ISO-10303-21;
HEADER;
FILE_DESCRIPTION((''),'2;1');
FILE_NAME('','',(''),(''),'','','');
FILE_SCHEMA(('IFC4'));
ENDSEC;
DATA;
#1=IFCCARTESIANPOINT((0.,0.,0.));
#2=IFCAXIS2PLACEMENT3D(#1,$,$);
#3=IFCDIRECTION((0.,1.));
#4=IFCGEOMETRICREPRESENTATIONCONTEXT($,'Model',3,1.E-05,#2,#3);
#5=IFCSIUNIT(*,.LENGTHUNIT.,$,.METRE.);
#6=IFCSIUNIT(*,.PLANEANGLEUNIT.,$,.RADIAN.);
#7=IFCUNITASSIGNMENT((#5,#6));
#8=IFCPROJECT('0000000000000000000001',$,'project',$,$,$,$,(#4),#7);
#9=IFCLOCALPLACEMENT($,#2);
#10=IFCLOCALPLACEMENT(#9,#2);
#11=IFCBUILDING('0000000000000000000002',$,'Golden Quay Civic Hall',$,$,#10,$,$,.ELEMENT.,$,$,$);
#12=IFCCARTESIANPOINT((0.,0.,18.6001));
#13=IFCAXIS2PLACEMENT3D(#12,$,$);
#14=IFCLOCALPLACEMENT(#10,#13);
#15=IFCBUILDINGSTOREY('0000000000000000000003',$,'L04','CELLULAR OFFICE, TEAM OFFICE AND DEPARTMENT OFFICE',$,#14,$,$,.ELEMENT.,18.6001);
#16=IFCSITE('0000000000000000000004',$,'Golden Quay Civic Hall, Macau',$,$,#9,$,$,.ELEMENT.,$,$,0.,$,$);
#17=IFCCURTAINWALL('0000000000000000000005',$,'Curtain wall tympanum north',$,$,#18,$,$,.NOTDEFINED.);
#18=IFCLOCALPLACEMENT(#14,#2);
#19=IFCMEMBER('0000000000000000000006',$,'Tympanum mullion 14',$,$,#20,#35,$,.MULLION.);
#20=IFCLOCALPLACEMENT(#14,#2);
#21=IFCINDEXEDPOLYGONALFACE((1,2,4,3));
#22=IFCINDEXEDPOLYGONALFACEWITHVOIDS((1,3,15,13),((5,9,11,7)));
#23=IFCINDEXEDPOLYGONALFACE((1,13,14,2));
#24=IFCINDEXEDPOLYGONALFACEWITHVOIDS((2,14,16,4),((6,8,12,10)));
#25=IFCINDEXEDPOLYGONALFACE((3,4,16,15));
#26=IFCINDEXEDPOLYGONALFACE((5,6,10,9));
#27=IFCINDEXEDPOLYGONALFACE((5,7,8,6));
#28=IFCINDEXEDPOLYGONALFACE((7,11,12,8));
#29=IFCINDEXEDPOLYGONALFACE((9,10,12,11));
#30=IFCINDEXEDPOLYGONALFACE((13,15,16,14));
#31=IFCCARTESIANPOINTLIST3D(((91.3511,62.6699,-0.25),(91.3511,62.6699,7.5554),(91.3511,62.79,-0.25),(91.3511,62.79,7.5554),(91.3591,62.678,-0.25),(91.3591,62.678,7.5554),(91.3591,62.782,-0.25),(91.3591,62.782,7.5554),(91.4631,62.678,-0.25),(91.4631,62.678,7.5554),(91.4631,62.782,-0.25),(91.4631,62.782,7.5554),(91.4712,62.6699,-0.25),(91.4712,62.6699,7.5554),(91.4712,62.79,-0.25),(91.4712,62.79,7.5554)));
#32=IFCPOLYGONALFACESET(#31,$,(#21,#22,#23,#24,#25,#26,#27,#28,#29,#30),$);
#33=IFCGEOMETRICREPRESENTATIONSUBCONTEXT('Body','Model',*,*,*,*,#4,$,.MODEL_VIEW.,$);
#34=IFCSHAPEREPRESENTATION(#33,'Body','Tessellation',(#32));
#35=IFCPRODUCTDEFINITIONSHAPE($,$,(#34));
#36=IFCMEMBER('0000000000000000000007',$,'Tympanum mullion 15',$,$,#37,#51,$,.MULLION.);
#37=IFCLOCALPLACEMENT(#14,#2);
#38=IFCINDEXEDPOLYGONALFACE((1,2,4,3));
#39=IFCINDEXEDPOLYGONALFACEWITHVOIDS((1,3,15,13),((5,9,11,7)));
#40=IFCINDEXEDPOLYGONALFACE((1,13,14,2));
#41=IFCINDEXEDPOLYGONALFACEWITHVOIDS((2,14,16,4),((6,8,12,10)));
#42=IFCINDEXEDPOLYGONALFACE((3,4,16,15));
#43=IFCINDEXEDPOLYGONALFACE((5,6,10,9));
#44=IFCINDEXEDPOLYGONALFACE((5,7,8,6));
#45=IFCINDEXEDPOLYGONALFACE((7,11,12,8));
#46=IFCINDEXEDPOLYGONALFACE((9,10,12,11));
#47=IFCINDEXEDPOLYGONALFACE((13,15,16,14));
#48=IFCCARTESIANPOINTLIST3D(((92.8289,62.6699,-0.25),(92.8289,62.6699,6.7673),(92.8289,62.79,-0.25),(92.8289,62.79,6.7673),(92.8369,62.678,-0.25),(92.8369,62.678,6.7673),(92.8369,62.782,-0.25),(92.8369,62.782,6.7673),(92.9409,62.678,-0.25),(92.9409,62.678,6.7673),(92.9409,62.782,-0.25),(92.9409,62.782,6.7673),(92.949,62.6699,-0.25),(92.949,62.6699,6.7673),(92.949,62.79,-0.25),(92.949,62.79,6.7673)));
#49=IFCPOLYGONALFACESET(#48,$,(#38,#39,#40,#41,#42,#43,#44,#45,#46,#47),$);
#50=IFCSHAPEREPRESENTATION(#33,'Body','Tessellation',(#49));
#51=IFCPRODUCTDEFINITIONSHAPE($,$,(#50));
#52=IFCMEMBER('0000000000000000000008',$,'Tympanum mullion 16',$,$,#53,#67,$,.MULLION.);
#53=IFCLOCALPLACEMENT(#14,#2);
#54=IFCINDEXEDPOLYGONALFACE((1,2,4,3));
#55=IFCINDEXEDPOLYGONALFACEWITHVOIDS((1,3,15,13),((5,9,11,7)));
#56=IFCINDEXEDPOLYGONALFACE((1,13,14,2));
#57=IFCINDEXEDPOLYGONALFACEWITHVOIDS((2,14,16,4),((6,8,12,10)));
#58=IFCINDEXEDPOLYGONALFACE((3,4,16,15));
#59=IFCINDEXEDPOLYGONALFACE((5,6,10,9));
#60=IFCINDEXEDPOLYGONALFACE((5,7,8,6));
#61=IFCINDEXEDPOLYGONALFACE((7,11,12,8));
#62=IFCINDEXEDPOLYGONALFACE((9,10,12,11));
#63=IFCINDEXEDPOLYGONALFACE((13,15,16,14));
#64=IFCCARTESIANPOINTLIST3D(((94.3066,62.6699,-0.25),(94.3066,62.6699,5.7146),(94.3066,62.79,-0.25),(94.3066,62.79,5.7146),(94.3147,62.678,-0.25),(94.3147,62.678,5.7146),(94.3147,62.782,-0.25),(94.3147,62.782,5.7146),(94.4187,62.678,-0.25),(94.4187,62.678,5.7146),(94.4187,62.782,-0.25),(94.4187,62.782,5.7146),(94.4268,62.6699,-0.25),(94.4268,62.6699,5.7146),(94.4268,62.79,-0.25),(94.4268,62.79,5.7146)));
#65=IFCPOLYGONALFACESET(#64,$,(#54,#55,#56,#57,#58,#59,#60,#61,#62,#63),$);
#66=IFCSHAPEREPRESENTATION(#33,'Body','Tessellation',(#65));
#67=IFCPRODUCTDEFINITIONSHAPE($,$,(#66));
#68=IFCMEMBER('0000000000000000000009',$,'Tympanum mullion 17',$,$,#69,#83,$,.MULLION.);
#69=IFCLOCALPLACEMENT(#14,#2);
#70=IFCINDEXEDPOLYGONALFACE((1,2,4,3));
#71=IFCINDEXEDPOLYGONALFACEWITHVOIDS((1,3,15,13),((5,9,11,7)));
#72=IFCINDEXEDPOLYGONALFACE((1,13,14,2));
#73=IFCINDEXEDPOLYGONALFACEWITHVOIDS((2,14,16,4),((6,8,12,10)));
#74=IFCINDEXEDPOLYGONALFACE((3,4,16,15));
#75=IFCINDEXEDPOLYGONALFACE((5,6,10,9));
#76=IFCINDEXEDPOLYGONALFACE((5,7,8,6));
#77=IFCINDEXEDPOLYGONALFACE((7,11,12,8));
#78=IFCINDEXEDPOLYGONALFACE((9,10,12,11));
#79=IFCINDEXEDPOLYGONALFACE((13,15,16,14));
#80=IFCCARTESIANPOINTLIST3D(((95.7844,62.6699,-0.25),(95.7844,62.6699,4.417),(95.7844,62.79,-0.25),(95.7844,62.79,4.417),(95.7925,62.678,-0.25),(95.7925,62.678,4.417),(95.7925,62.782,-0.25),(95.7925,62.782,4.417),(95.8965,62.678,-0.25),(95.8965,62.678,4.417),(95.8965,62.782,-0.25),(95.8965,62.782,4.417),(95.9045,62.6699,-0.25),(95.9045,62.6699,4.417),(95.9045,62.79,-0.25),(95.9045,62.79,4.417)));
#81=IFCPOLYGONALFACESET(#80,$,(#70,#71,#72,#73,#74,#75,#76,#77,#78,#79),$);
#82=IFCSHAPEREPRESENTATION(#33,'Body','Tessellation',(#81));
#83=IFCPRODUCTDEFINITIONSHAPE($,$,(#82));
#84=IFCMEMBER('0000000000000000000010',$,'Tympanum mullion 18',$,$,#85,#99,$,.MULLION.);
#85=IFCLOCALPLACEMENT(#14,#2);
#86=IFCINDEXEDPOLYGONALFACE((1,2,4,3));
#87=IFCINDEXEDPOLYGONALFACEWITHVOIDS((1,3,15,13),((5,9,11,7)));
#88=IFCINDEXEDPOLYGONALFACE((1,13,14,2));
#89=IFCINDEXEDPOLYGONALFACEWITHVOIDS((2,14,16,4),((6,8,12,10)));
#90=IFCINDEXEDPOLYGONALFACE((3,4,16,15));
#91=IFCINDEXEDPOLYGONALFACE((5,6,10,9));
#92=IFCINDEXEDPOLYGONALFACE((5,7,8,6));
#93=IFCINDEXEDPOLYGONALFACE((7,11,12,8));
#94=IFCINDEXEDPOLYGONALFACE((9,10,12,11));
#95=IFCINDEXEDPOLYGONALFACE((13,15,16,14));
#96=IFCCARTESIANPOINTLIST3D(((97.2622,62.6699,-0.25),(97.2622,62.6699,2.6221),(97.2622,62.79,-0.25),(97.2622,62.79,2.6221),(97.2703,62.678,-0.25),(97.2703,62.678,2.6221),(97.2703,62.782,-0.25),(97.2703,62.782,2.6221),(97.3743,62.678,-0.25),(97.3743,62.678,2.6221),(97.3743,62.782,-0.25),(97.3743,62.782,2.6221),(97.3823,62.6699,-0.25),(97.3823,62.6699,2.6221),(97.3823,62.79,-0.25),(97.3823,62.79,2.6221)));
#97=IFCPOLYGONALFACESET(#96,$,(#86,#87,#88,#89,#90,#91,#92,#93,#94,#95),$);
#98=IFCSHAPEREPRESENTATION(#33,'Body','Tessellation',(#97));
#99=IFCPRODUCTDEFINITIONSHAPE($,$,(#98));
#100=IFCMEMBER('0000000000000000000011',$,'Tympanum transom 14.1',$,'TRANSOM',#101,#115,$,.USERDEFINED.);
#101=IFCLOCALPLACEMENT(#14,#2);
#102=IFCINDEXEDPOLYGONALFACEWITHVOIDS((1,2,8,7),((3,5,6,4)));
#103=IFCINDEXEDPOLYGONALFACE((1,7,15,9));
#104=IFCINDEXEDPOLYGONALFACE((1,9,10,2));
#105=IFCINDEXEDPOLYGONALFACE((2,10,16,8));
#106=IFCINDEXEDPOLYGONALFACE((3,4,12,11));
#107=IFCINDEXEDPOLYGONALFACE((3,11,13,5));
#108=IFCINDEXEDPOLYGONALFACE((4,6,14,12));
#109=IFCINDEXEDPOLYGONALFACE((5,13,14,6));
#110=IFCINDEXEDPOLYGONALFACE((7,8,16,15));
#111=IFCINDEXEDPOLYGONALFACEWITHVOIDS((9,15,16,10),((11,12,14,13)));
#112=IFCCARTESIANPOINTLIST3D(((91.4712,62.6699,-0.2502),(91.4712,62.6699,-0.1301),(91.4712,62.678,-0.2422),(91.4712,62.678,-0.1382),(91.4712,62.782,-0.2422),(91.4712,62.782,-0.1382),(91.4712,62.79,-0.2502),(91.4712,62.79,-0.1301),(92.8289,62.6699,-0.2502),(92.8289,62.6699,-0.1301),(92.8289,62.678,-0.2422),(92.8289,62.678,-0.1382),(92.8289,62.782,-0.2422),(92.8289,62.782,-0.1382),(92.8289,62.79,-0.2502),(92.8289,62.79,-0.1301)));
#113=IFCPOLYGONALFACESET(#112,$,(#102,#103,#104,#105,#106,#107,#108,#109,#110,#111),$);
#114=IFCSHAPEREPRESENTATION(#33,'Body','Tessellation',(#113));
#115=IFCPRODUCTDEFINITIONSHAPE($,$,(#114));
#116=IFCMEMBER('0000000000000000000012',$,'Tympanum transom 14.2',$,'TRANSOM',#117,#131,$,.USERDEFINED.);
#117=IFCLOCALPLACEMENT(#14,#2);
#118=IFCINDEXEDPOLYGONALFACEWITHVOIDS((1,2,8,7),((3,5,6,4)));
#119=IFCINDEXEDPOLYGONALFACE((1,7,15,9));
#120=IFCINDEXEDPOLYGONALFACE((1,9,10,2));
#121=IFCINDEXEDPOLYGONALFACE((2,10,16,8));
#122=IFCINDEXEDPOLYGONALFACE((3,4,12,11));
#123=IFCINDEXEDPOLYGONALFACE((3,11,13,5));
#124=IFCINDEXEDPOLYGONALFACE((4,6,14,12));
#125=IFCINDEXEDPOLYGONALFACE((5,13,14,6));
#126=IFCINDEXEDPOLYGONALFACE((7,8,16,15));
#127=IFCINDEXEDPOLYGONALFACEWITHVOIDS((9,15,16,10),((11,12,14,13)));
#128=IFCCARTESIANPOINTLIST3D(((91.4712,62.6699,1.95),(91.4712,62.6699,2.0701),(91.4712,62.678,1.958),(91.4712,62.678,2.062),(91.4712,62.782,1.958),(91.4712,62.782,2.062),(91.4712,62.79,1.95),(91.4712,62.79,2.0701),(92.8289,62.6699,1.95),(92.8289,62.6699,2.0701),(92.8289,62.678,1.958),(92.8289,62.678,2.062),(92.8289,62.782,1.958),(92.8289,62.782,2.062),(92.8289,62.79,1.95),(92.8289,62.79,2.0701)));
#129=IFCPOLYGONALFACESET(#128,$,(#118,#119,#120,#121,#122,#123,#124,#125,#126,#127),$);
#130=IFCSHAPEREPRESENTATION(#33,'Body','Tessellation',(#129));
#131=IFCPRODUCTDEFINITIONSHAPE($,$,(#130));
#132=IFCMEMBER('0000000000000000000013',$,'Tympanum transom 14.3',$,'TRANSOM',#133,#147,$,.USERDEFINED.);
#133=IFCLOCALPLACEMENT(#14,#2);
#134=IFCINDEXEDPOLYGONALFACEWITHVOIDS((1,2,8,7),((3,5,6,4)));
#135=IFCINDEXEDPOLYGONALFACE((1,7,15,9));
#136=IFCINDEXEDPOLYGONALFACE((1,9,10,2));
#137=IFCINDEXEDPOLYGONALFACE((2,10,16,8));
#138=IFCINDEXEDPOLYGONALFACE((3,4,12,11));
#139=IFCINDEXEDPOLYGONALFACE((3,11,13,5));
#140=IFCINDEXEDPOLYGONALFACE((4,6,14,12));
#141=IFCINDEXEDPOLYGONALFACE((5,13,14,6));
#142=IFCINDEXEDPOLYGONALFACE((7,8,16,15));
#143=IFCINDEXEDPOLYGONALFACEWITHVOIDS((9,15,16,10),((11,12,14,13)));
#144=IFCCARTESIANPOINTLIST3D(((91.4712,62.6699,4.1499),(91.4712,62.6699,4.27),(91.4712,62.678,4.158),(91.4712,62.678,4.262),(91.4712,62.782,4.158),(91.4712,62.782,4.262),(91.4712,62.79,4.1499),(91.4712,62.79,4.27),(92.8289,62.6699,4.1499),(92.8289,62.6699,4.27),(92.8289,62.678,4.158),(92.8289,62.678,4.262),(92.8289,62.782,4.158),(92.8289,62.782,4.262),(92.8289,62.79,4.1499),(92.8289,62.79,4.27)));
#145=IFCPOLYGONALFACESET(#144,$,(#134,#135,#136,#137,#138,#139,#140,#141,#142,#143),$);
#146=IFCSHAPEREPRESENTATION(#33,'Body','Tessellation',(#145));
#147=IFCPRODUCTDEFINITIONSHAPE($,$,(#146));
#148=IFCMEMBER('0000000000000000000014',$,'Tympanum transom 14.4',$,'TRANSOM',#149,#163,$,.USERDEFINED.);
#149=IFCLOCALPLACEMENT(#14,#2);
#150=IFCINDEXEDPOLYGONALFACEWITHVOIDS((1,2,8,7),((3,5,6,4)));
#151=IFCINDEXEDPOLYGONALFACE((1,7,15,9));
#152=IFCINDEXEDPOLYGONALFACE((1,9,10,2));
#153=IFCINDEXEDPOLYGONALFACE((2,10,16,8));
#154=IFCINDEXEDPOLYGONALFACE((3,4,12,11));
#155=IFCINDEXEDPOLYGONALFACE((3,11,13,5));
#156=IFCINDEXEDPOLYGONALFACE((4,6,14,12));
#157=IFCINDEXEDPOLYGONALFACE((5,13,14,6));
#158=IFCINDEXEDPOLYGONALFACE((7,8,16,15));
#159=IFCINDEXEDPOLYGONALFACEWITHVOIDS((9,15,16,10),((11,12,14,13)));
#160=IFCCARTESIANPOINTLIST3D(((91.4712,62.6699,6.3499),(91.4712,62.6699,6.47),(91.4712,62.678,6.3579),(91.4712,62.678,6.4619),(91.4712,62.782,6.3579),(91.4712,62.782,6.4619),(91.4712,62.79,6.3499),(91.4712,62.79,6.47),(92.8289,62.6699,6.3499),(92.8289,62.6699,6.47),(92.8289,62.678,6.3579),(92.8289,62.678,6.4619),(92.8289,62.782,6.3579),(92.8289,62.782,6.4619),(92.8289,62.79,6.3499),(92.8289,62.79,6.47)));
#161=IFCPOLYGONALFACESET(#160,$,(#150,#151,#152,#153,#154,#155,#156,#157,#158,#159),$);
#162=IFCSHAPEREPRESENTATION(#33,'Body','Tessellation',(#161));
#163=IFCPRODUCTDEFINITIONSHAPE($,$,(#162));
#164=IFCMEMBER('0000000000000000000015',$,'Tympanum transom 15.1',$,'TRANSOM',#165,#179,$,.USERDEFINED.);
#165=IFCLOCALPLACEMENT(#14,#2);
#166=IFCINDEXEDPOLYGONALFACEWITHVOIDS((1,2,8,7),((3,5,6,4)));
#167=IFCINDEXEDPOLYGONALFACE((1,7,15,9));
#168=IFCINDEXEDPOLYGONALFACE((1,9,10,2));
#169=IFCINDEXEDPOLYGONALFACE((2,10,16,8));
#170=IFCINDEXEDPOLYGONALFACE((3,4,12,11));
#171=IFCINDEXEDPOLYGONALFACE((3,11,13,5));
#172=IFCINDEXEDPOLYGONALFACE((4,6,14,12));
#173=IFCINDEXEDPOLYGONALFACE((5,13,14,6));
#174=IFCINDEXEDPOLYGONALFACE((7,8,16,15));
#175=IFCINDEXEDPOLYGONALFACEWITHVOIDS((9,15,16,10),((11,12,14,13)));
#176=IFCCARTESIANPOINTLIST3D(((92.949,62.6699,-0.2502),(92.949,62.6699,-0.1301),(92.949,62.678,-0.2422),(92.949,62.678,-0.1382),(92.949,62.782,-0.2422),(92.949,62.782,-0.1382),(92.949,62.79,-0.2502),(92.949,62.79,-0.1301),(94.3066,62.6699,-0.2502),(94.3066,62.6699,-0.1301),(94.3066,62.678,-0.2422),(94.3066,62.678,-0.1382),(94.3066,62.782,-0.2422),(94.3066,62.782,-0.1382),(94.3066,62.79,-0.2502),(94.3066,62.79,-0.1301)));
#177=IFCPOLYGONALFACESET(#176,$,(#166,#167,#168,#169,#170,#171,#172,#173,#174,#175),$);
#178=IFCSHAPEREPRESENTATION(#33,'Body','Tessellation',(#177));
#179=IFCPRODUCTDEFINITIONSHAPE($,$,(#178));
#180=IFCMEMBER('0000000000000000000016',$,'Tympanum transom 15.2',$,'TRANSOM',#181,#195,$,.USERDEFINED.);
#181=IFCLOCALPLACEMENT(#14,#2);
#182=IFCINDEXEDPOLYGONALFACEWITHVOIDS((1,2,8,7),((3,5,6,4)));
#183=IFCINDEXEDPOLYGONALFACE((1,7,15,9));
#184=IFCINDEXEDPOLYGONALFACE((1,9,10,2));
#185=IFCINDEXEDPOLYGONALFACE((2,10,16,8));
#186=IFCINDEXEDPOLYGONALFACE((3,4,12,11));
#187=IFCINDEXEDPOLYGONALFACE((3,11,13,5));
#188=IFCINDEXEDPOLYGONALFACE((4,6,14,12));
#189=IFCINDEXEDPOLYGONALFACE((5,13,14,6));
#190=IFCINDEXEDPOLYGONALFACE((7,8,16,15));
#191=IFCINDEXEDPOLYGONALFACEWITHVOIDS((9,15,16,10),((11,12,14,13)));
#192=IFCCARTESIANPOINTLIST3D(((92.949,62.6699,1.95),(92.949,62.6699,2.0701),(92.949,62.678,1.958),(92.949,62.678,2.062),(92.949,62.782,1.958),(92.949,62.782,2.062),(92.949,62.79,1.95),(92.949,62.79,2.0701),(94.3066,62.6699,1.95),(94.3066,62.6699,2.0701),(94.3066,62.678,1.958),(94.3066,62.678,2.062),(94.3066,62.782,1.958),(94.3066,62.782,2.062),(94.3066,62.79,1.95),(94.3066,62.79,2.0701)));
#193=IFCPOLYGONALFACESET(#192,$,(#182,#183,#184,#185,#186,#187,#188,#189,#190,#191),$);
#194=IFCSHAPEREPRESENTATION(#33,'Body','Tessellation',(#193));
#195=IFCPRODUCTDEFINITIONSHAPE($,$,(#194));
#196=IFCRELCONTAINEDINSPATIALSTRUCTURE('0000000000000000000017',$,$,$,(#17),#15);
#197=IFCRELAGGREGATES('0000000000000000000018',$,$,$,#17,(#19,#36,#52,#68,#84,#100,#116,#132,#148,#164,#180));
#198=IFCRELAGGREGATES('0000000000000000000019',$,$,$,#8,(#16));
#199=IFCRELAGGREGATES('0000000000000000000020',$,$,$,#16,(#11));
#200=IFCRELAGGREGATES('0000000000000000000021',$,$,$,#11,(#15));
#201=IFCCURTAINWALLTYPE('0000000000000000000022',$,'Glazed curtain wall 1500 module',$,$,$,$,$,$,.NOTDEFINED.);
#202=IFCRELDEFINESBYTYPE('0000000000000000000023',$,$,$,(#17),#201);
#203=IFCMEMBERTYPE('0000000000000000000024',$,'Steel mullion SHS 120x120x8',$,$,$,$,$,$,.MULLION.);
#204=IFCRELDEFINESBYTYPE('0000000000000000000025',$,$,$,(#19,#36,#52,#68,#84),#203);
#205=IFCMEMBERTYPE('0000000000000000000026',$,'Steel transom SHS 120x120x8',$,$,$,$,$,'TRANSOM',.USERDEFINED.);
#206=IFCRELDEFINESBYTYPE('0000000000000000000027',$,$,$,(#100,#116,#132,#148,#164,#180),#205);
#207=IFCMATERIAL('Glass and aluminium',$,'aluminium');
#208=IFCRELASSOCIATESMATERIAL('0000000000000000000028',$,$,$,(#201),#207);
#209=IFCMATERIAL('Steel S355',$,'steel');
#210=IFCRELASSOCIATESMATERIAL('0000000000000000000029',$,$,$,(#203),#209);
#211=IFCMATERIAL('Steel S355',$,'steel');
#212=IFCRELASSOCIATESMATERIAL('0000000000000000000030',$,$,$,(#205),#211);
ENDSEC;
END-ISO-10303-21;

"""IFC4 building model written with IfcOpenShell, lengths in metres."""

from ifc_helpers import new_model, si_unit, direction, frame, origin, origin_2d, place, context, subcontext, project, spatial, hollow_rectangle, extrude, material, material_profile, profile_set, type_object, element, aggregate, save


model = new_model("IFC4")

# Units and contexts
model_context = context("Model", 3, precision=1e-05, world=origin(), true_north=direction((0.0, 1.0)))
body_context = subcontext(model_context, "Body", "Model", "MODEL_VIEW")
ifc_project = project(units=[si_unit("LENGTHUNIT", "METRE"), si_unit("PLANEANGLEUNIT", "RADIAN")], contexts=[model_context])

# Site, building, storey
site_placement = place(None, origin())
site = spatial("IfcSite", under=ifc_project, at=site_placement, Name="Golden Quay Civic Hall, Macau", CompositionType="ELEMENT", RefElevation=0.0)
building_placement = place(site_placement, origin())
building = spatial("IfcBuilding", under=site, at=building_placement, Name="Golden Quay Civic Hall", CompositionType="ELEMENT")
storey_placement = place(building_placement, frame((0.0, 0.0, 18.6001)))
storey = spatial("IfcBuildingStorey", under=building, at=storey_placement, Name="L04", Description="CELLULAR OFFICE, TEAM OFFICE AND DEPARTMENT OFFICE", CompositionType="ELEMENT", Elevation=18.6001)

# Curtain wall, members
ifc_material_1 = material(Name="Glass and aluminium", Category="aluminium")
curtain_wall_type_1 = type_object("IfcCurtainWallType", Name="Glazed curtain wall 1500 module", PredefinedType="NOTDEFINED", material=ifc_material_1)
curtain_wall_1_placement = place(storey_placement, origin())
curtain_wall_1 = element("IfcCurtainWall", 1, at=curtain_wall_1_placement, inside=storey, type_object=curtain_wall_type_1, Name="Curtain wall tympanum north", PredefinedType="NOTDEFINED")
ifc_material_2 = material(Name="Steel S355", Category="steel")
ifc_material_profile_1 = material_profile(ifc_material_2, hollow_rectangle(XDim=0.1201, YDim=0.1201, WallThickness=0.0081, at=origin_2d()), Name="SHS 120x120x8")
ifc_profile_set_1 = profile_set([ifc_material_profile_1], Name="Steel S355")
member_type_1 = type_object("IfcMemberType", Name="Steel mullion SHS 120x120x8", PredefinedType="MULLION", material=ifc_profile_set_1)
member_1_placement = place(storey_placement, frame((91.4111, 62.73, -0.25), z_axis=(0.0, 0.0, 1.0), x_axis=(0.0, 1.0, 0.0)))
member_1 = element("IfcMember", 2, at=member_1_placement, type_object=member_type_1, Name="Tympanum mullion 14", PredefinedType="MULLION", context=body_context, shape_type="SweptSolid", body=[
    extrude(hollow_rectangle(XDim=0.1201, YDim=0.1201, WallThickness=0.0081, at=origin_2d()), origin(), (0.0, 0.0, 1.0), 7.8054),
])
member_2_placement = place(storey_placement, frame((92.8889, 62.73, -0.25), z_axis=(0.0, 0.0, 1.0), x_axis=(0.0, 1.0, 0.0)))
member_2 = element("IfcMember", 3, at=member_2_placement, type_object=member_type_1, Name="Tympanum mullion 15", PredefinedType="MULLION", context=body_context, shape_type="SweptSolid", body=[
    extrude(hollow_rectangle(XDim=0.1201, YDim=0.1201, WallThickness=0.0081, at=origin_2d()), origin(), (0.0, 0.0, 1.0), 7.0173),
])
member_3_placement = place(storey_placement, frame((94.3667, 62.73, -0.25), z_axis=(0.0, 0.0, 1.0), x_axis=(0.0, 1.0, 0.0)))
member_3 = element("IfcMember", 4, at=member_3_placement, type_object=member_type_1, Name="Tympanum mullion 16", PredefinedType="MULLION", context=body_context, shape_type="SweptSolid", body=[
    extrude(hollow_rectangle(XDim=0.1201, YDim=0.1201, WallThickness=0.0081, at=origin_2d()), origin(), (0.0, 0.0, 1.0), 5.9646),
])
member_4_placement = place(storey_placement, frame((95.8445, 62.73, -0.25), z_axis=(0.0, 0.0, 1.0), x_axis=(0.0, 1.0, 0.0)))
member_4 = element("IfcMember", 5, at=member_4_placement, type_object=member_type_1, Name="Tympanum mullion 17", PredefinedType="MULLION", context=body_context, shape_type="SweptSolid", body=[
    extrude(hollow_rectangle(XDim=0.1201, YDim=0.1201, WallThickness=0.0081, at=origin_2d()), origin(), (0.0, 0.0, 1.0), 4.667),
])
member_5_placement = place(storey_placement, frame((97.3223, 62.73, -0.25), z_axis=(0.0, 0.0, 1.0), x_axis=(0.0, 1.0, 0.0)))
member_5 = element("IfcMember", 6, at=member_5_placement, type_object=member_type_1, Name="Tympanum mullion 18", PredefinedType="MULLION", context=body_context, shape_type="SweptSolid", body=[
    extrude(hollow_rectangle(XDim=0.1201, YDim=0.1201, WallThickness=0.0081, at=origin_2d()), origin(), (0.0, 0.0, 1.0), 2.8721),
])
ifc_material_3 = material(Name="Steel S355", Category="steel")
ifc_material_profile_2 = material_profile(ifc_material_3, hollow_rectangle(XDim=0.1201, YDim=0.1201, WallThickness=0.0081, at=origin_2d()), Name="SHS 120x120x8")
ifc_profile_set_2 = profile_set([ifc_material_profile_2], Name="Steel S355")
member_type_2 = type_object("IfcMemberType", Name="Steel transom SHS 120x120x8", ElementType="TRANSOM", PredefinedType="USERDEFINED", material=ifc_profile_set_2)
member_6_placement = place(storey_placement, frame((91.4712, 62.73, -0.1902), z_axis=(1.0, 0.0, 0.0), x_axis=(0.0, 1.0, 0.0)))
member_6 = element("IfcMember", 7, at=member_6_placement, type_object=member_type_2, Name="Tympanum transom 14.1", ObjectType="TRANSOM", PredefinedType="USERDEFINED", context=body_context, shape_type="SweptSolid", body=[
    extrude(hollow_rectangle(XDim=0.1201, YDim=0.1201, WallThickness=0.0081, at=origin_2d()), origin(), (0.0, 0.0, 1.0), 1.3577),
])
member_7_placement = place(storey_placement, frame((91.4712, 62.73, 2.01), z_axis=(1.0, 0.0, 0.0), x_axis=(0.0, 1.0, 0.0)))
member_7 = element("IfcMember", 8, at=member_7_placement, type_object=member_type_2, Name="Tympanum transom 14.2", ObjectType="TRANSOM", PredefinedType="USERDEFINED", context=body_context, shape_type="SweptSolid", body=[
    extrude(hollow_rectangle(XDim=0.1201, YDim=0.1201, WallThickness=0.0081, at=origin_2d()), origin(), (0.0, 0.0, 1.0), 1.3577),
])
member_8_placement = place(storey_placement, frame((91.4712, 62.73, 4.21), z_axis=(1.0, 0.0, 0.0), x_axis=(0.0, 1.0, 0.0)))
member_8 = element("IfcMember", 9, at=member_8_placement, type_object=member_type_2, Name="Tympanum transom 14.3", ObjectType="TRANSOM", PredefinedType="USERDEFINED", context=body_context, shape_type="SweptSolid", body=[
    extrude(hollow_rectangle(XDim=0.1201, YDim=0.1201, WallThickness=0.0081, at=origin_2d()), origin(), (0.0, 0.0, 1.0), 1.3577),
])
member_9_placement = place(storey_placement, frame((91.4712, 62.73, 6.4099), z_axis=(1.0, 0.0, 0.0), x_axis=(0.0, 1.0, 0.0)))
member_9 = element("IfcMember", 10, at=member_9_placement, type_object=member_type_2, Name="Tympanum transom 14.4", ObjectType="TRANSOM", PredefinedType="USERDEFINED", context=body_context, shape_type="SweptSolid", body=[
    extrude(hollow_rectangle(XDim=0.1201, YDim=0.1201, WallThickness=0.0081, at=origin_2d()), origin(), (0.0, 0.0, 1.0), 1.3577),
])
member_10_placement = place(storey_placement, frame((92.949, 62.73, -0.1902), z_axis=(1.0, 0.0, 0.0), x_axis=(0.0, 1.0, 0.0)))
member_10 = element("IfcMember", 11, at=member_10_placement, type_object=member_type_2, Name="Tympanum transom 15.1", ObjectType="TRANSOM", PredefinedType="USERDEFINED", context=body_context, shape_type="SweptSolid", body=[
    extrude(hollow_rectangle(XDim=0.1201, YDim=0.1201, WallThickness=0.0081, at=origin_2d()), origin(), (0.0, 0.0, 1.0), 1.3577),
])
member_11_placement = place(storey_placement, frame((92.949, 62.73, 2.01), z_axis=(1.0, 0.0, 0.0), x_axis=(0.0, 1.0, 0.0)))
member_11 = element("IfcMember", 12, at=member_11_placement, type_object=member_type_2, Name="Tympanum transom 15.2", ObjectType="TRANSOM", PredefinedType="USERDEFINED", context=body_context, shape_type="SweptSolid", body=[
    extrude(hollow_rectangle(XDim=0.1201, YDim=0.1201, WallThickness=0.0081, at=origin_2d()), origin(), (0.0, 0.0, 1.0), 1.3577),
])
aggregate(curtain_wall_1, [member_1, member_2, member_3, member_4, member_5, member_6, member_7, member_8, member_9, member_10, member_11])

save(model, "model.ifc")
